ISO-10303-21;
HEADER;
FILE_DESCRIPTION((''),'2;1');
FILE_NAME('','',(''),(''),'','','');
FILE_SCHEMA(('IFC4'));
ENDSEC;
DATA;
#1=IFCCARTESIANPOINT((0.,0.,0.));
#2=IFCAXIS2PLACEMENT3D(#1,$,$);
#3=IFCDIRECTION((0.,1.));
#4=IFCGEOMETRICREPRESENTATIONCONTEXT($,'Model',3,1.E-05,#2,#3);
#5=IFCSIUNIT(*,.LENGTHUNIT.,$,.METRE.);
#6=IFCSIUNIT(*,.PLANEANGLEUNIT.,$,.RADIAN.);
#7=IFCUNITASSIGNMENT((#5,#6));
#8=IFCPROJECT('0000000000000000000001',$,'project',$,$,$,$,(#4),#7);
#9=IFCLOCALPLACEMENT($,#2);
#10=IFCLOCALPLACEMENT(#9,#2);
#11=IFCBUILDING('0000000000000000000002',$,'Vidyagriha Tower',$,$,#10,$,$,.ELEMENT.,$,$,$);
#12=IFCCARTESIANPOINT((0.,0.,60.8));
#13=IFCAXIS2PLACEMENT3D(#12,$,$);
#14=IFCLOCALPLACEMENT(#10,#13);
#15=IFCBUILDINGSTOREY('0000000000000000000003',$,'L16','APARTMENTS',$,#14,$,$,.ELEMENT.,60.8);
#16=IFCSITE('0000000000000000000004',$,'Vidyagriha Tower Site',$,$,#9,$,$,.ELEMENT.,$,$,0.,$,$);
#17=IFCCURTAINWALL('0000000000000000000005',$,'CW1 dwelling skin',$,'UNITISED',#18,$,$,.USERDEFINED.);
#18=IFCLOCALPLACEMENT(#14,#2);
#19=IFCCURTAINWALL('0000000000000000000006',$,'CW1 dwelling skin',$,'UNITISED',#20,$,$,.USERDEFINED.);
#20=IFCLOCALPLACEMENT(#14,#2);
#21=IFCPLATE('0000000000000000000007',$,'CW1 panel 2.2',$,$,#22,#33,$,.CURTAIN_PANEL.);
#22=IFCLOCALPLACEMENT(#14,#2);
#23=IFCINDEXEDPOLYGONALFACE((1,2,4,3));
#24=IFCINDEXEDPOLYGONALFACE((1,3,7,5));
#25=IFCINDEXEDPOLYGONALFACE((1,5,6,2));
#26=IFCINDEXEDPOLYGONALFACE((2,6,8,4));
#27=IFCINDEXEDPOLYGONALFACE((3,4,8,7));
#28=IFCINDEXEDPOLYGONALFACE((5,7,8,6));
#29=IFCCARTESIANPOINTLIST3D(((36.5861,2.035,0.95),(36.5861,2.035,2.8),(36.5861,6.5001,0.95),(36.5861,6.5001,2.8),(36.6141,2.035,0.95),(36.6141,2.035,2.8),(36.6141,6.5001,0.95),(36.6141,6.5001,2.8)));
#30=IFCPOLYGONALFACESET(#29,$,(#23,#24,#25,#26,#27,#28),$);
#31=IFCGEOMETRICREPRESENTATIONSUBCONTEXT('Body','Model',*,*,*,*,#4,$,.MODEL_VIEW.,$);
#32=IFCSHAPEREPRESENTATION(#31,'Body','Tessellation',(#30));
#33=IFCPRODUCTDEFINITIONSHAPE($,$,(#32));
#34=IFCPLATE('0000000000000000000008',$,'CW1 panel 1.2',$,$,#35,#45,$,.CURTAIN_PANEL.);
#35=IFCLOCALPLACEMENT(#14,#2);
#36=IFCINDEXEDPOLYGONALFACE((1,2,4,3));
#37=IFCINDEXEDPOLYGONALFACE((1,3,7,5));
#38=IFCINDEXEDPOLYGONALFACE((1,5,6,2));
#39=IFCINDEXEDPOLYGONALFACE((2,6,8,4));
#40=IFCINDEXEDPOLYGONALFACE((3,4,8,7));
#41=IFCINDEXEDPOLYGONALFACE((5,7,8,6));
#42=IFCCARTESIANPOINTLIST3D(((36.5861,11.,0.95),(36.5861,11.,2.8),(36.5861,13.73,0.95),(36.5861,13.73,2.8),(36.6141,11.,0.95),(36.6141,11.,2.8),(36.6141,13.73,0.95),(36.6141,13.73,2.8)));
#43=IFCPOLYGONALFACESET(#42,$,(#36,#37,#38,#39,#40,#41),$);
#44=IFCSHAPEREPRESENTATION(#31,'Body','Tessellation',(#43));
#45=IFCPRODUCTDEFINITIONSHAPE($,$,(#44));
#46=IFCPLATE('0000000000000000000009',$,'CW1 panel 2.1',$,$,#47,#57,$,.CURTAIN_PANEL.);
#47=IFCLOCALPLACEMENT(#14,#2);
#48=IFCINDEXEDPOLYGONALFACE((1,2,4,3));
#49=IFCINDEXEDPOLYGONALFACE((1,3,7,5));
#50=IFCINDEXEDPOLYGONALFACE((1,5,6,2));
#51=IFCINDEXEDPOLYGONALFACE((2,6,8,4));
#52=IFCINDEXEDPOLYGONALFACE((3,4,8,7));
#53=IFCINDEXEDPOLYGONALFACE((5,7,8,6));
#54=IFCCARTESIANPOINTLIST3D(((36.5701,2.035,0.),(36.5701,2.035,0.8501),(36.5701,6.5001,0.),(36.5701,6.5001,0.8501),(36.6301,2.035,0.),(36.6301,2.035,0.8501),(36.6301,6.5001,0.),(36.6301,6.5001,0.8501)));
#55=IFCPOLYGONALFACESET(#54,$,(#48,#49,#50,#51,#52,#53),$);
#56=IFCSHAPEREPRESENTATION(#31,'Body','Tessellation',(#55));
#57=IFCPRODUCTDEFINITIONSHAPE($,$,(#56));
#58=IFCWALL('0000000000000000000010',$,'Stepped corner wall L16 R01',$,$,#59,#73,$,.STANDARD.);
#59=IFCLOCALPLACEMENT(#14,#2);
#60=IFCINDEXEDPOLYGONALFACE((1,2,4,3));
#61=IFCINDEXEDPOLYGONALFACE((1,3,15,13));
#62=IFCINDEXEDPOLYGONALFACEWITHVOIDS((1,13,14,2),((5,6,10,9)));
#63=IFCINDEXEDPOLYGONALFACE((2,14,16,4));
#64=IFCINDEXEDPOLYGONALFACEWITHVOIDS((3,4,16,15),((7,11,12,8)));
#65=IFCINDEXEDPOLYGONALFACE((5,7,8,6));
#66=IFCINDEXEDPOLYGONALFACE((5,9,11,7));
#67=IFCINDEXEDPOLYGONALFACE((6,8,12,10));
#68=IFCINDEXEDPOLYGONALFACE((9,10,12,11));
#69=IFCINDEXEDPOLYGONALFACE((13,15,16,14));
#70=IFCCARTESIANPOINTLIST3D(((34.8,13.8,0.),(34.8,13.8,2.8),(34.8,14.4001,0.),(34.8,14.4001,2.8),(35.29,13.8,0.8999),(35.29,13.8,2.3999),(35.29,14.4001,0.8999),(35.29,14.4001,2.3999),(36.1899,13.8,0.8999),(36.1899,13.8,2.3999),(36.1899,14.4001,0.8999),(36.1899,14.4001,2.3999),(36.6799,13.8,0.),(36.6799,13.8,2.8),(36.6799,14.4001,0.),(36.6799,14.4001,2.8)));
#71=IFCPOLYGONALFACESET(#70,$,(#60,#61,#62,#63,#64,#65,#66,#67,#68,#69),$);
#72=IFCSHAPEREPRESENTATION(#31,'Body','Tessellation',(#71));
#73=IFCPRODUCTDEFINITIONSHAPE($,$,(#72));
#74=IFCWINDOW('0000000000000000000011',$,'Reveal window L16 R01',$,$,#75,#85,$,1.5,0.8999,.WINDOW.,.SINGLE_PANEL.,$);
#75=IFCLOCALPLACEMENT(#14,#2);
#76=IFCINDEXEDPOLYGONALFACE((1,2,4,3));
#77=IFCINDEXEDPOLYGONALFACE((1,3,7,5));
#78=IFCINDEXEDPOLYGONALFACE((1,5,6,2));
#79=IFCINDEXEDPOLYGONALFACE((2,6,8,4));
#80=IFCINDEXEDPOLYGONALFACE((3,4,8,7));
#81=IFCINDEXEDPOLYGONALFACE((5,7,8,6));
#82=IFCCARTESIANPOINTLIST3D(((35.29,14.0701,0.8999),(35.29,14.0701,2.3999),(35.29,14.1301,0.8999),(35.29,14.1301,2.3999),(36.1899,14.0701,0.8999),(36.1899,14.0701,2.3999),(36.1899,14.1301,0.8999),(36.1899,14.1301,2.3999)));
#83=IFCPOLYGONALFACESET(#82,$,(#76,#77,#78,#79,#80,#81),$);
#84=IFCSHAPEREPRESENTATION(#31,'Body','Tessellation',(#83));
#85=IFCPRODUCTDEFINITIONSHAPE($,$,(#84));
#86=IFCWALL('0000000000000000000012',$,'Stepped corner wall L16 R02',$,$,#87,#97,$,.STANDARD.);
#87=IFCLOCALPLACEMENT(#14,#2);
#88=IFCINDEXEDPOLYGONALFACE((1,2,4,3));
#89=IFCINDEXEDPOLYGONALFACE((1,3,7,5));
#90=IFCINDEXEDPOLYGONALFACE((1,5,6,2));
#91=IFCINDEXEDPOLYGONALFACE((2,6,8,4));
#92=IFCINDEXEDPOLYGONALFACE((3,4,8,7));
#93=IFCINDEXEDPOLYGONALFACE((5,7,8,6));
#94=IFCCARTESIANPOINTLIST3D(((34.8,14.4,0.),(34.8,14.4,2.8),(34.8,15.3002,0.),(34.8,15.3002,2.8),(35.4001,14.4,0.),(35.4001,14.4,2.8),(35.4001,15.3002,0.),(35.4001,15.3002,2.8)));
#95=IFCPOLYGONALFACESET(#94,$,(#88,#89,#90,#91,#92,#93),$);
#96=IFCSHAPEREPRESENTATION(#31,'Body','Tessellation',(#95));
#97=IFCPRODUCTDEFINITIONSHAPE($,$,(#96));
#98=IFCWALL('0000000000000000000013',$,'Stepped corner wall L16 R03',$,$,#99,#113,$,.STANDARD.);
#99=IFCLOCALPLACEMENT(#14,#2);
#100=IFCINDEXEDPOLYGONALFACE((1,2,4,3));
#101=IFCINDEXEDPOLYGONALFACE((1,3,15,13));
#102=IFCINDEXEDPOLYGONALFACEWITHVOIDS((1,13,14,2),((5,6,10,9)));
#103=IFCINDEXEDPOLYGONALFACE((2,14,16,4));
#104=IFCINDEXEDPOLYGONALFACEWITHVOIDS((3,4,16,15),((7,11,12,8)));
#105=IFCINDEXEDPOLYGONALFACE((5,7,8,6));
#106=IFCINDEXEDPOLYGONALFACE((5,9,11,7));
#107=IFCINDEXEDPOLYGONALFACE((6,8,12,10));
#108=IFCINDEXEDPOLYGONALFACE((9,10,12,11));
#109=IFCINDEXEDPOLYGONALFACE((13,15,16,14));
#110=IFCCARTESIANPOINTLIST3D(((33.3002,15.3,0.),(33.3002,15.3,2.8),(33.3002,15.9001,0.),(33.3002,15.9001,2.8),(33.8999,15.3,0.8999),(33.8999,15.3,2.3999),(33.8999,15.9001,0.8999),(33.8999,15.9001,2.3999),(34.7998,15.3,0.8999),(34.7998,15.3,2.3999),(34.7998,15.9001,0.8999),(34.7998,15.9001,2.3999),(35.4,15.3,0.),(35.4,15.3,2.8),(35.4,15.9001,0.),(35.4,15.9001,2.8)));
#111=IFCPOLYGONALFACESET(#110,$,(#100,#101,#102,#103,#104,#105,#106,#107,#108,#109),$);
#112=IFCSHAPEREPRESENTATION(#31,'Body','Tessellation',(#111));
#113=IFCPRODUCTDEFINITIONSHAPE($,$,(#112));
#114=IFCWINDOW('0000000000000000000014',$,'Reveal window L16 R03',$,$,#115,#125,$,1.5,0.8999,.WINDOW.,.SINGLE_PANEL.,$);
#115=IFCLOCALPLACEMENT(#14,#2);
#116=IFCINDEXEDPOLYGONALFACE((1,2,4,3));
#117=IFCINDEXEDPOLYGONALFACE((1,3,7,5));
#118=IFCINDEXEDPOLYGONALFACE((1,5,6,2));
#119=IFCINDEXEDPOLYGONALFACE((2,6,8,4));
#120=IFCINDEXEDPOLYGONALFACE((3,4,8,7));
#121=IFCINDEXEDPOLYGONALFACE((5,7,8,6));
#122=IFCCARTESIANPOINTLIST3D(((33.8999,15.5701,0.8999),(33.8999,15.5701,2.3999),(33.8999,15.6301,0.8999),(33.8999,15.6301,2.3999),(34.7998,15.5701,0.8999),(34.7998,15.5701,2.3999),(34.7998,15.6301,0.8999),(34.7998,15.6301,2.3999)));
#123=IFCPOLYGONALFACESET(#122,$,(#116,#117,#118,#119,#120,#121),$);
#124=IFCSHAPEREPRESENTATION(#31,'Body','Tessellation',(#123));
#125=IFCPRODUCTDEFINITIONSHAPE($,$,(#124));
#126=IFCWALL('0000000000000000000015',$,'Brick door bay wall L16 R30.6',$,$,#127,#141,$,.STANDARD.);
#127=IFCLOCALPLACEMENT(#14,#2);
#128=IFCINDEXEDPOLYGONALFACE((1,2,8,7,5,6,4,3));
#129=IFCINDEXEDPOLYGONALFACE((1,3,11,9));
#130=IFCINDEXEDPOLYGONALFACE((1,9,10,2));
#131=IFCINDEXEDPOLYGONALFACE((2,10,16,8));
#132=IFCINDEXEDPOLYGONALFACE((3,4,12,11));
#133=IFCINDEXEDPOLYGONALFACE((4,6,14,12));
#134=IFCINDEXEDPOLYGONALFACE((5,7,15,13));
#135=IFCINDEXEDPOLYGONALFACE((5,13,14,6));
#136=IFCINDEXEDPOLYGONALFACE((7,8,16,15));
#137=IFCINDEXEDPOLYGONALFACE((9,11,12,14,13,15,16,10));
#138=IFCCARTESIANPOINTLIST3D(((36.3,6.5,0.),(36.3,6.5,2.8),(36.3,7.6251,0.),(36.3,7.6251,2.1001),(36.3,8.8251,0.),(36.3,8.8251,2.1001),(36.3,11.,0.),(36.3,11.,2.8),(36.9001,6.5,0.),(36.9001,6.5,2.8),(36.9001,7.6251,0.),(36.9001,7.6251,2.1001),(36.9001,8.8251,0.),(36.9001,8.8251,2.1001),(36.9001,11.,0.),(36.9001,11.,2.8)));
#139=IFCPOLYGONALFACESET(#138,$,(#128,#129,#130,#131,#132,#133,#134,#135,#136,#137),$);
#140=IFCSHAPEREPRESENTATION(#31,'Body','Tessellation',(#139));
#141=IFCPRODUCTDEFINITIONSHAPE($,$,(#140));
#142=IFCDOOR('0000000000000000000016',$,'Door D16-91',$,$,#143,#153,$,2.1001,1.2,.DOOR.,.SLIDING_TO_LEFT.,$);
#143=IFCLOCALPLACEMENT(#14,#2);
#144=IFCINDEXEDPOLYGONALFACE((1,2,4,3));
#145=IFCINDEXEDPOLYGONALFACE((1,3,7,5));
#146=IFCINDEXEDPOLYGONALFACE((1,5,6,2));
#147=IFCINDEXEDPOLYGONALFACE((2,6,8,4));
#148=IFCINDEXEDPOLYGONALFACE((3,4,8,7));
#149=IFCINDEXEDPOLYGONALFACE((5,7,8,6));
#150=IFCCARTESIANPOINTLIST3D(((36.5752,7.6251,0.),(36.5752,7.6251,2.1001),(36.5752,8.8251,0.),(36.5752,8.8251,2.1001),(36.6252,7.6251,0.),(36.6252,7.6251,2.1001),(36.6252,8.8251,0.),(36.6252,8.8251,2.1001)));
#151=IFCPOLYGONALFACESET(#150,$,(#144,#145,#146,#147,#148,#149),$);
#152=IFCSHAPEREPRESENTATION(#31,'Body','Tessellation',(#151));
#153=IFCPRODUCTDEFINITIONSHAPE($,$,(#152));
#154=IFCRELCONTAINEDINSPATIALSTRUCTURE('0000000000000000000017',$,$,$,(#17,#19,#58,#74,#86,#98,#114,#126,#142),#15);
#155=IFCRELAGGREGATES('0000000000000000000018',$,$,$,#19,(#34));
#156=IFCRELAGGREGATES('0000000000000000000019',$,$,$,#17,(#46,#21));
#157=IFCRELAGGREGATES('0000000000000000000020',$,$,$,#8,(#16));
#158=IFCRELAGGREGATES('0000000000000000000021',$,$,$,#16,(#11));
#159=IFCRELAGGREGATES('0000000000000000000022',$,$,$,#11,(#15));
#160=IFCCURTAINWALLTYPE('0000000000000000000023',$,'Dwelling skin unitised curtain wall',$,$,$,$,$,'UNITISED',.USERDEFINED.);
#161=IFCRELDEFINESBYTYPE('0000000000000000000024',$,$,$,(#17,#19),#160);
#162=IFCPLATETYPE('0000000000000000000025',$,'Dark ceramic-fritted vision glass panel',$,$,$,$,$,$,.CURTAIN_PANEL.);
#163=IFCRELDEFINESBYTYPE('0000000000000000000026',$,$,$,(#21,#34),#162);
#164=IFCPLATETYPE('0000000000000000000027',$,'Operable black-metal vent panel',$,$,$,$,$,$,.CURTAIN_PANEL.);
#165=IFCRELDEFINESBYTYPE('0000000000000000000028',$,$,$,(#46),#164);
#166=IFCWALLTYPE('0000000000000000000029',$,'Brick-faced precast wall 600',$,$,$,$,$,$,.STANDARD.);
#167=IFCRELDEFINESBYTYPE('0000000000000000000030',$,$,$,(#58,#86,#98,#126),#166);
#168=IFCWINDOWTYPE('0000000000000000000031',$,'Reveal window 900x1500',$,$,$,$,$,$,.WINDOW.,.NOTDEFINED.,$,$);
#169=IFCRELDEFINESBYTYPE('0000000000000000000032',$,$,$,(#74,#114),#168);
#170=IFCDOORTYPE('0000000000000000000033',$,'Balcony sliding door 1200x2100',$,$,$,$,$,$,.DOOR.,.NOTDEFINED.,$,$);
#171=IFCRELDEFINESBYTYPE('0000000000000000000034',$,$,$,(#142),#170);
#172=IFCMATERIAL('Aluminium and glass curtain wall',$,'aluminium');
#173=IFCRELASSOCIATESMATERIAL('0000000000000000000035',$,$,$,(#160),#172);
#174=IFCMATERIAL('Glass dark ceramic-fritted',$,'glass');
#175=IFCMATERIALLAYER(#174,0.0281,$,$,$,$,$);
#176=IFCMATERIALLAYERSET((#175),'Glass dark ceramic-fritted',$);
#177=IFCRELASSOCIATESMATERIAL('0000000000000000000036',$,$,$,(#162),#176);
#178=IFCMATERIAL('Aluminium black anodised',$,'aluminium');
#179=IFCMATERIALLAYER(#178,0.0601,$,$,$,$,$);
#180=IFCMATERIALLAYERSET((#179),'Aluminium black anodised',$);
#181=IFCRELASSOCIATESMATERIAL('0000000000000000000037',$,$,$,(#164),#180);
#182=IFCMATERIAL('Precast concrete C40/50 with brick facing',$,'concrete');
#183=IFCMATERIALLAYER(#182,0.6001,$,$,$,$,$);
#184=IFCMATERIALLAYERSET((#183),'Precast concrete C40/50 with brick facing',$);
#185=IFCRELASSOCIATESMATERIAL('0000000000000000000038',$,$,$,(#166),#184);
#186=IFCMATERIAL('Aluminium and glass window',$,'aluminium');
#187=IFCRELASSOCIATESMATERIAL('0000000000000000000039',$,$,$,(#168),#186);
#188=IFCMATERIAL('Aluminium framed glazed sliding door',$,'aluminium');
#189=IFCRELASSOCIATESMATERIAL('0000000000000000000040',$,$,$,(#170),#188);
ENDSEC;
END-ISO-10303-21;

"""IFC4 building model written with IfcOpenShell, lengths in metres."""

from ifc_helpers import new_model, si_unit, direction, frame, frame_2d, origin, origin_2d, place, context, subcontext, project, spatial, rectangle, extrude, material, layer, layer_set, type_object, element, fill, aggregate, save


model = new_model("IFC4")

# Units and contexts
model_context = context("Model", 3, precision=1e-05, world=origin(), true_north=direction((0.0, 1.0)))
body_context = subcontext(model_context, "Body", "Model", "MODEL_VIEW")
ifc_project = project(units=[si_unit("LENGTHUNIT", "METRE"), si_unit("PLANEANGLEUNIT", "RADIAN")], contexts=[model_context])

# Site, building, storey
site_placement = place(None, origin())
site = spatial("IfcSite", under=ifc_project, at=site_placement, Name="Vidyagriha Tower Site", CompositionType="ELEMENT", RefElevation=0.0)
building_placement = place(site_placement, origin())
building = spatial("IfcBuilding", under=site, at=building_placement, Name="Vidyagriha Tower", CompositionType="ELEMENT")
storey_placement = place(building_placement, frame((0.0, 0.0, 60.8)))
storey = spatial("IfcBuildingStorey", under=building, at=storey_placement, Name="L16", Description="APARTMENTS", CompositionType="ELEMENT", Elevation=60.8)

# Curtain walls
ifc_material_1 = material(Name="Aluminium and glass curtain wall", Category="aluminium")
curtain_wall_type = type_object("IfcCurtainWallType", Name="Dwelling skin unitised curtain wall", ElementType="UNITISED", PredefinedType="USERDEFINED", material=ifc_material_1)
curtain_wall_1_placement = place(storey_placement, origin())
curtain_wall_1 = element("IfcCurtainWall", 1, at=curtain_wall_1_placement, inside=storey, type_object=curtain_wall_type, Name="CW1 dwelling skin", ObjectType="UNITISED", PredefinedType="USERDEFINED")
curtain_wall_2_placement = place(storey_placement, origin())
curtain_wall_2 = element("IfcCurtainWall", 2, at=curtain_wall_2_placement, inside=storey, type_object=curtain_wall_type, Name="CW1 dwelling skin", ObjectType="UNITISED", PredefinedType="USERDEFINED")

# Plates
ifc_material_2 = material(Name="Glass dark ceramic-fritted", Category="glass")
ifc_layer_1 = layer(ifc_material_2, 0.0281)
ifc_layer_set_1 = layer_set([ifc_layer_1], Name="Glass dark ceramic-fritted")
plate_type_1 = type_object("IfcPlateType", Name="Dark ceramic-fritted vision glass panel", PredefinedType="CURTAIN_PANEL", material=ifc_layer_set_1)
plate_1_placement = place(storey_placement, frame((36.6001, 4.2676, 0.95), z_axis=(0.0, 0.0, 1.0), x_axis=(0.0, 1.0, 0.0)))
plate_1 = element("IfcPlate", 3, at=plate_1_placement, type_object=plate_type_1, Name="CW1 panel 2.2", PredefinedType="CURTAIN_PANEL", context=body_context, shape_type="SweptSolid", body=[
    extrude(rectangle(XDim=4.4651, YDim=0.0281, at=origin_2d()), origin(), (0.0, 0.0, 1.0), 1.8501),
])
plate_2_placement = place(storey_placement, frame((36.6001, 12.365, 0.95), z_axis=(0.0, 0.0, 1.0), x_axis=(0.0, 1.0, 0.0)))
plate_2 = element("IfcPlate", 4, at=plate_2_placement, type_object=plate_type_1, Name="CW1 panel 1.2", PredefinedType="CURTAIN_PANEL", context=body_context, shape_type="SweptSolid", body=[
    extrude(rectangle(XDim=2.73, YDim=0.0281, at=origin_2d()), origin(), (0.0, 0.0, 1.0), 1.8501),
])
aggregate(curtain_wall_2, [plate_2])
ifc_material_3 = material(Name="Aluminium black anodised", Category="aluminium")
ifc_layer_2 = layer(ifc_material_3, 0.0601)
ifc_layer_set_2 = layer_set([ifc_layer_2], Name="Aluminium black anodised")
plate_type_2 = type_object("IfcPlateType", Name="Operable black-metal vent panel", PredefinedType="CURTAIN_PANEL", material=ifc_layer_set_2)
plate_3_placement = place(storey_placement, frame((36.6001, 4.2676, 0.0), z_axis=(0.0, 0.0, 1.0), x_axis=(0.0, 1.0, 0.0)))
plate_3 = element("IfcPlate", 5, at=plate_3_placement, type_object=plate_type_2, Name="CW1 panel 2.1", PredefinedType="CURTAIN_PANEL", context=body_context, shape_type="SweptSolid", body=[
    extrude(rectangle(XDim=4.4651, YDim=0.0601, at=origin_2d()), origin(), (0.0, 0.0, 1.0), 0.8501),
])
aggregate(curtain_wall_1, [plate_3, plate_1])

# Wall, opening, window
ifc_material_4 = material(Name="Precast concrete C40/50 with brick facing", Category="concrete")
ifc_layer_3 = layer(ifc_material_4, 0.6001)
ifc_layer_set_3 = layer_set([ifc_layer_3], Name="Precast concrete C40/50 with brick facing")
wall_type_1 = type_object("IfcWallType", Name="Brick-faced precast wall 600", PredefinedType="STANDARD", material=ifc_layer_set_3)
wall_1_placement = place(storey_placement, frame((36.6799, 14.1001, 0.0), z_axis=(0.0, 0.0, 1.0), x_axis=(-1.0, 0.0, 0.0)))
wall_1 = element("IfcWall", 6, at=wall_1_placement, inside=storey, type_object=wall_type_1, Name="Stepped corner wall L16 R01", PredefinedType="STANDARD", context=body_context, shape_type="SweptSolid", body=[
    extrude(rectangle(XDim=1.8799, YDim=0.6001, at=frame_2d((0.9399, 0.0))), origin(), (0.0, 0.0, 1.0), 2.8),
])
opening_1_placement = place(wall_1_placement, frame((0.49, 0.0, 0.8999)))
opening_1 = element("IfcOpeningElement", 7, at=opening_1_placement, cuts=wall_1, PredefinedType="OPENING", context=body_context, shape_type="SweptSolid", body=[
    extrude(rectangle(XDim=0.8999, YDim=1.5, at=frame_2d((0.45, 0.75))), frame((0.0, 0.3101, 0.0), z_axis=(0.0, -1.0, 0.0), x_axis=(1.0, 0.0, 0.0)), (0.0, 0.0, 1.0), 0.6201),
])
ifc_material_5 = material(Name="Aluminium and glass window", Category="aluminium")
window_type = type_object("IfcWindowType", Name="Reveal window 900x1500", PartitioningType="NOTDEFINED", PredefinedType="WINDOW", material=ifc_material_5)
window_1_placement = place(opening_1_placement, origin())
window_1 = element("IfcWindow", 8, at=window_1_placement, inside=storey, type_object=window_type, Name="Reveal window L16 R01", OverallHeight=1.5, OverallWidth=0.8999, PartitioningType="SINGLE_PANEL", PredefinedType="WINDOW", context=body_context, shape_type="SweptSolid", body=[
    extrude(rectangle(XDim=0.8999, YDim=1.5, at=frame_2d((0.45, 0.75))), frame((0.0, 0.03, 0.0), z_axis=(0.0, -1.0, 0.0), x_axis=(1.0, 0.0, 0.0)), (0.0, 0.0, 1.0), 0.0601),
])
fill(opening_1, window_1)

# Wall
wall_2_placement = place(storey_placement, frame((35.1001, 14.3999, 0.0), z_axis=(0.0, 0.0, 1.0), x_axis=(0.0, 1.0, 0.0)))
element("IfcWall", 9, at=wall_2_placement, inside=storey, type_object=wall_type_1, Name="Stepped corner wall L16 R02", PredefinedType="STANDARD", context=body_context, shape_type="SweptSolid", body=[
    extrude(rectangle(XDim=0.9001, YDim=0.6001, at=frame_2d((0.4502, 0.0))), origin(), (0.0, 0.0, 1.0), 2.8),
])

# Wall, opening, window
wall_3_placement = place(storey_placement, frame((35.3999, 15.6001, 0.0), z_axis=(0.0, 0.0, 1.0), x_axis=(-1.0, 0.0, 0.0)))
wall_3 = element("IfcWall", 10, at=wall_3_placement, inside=storey, type_object=wall_type_1, Name="Stepped corner wall L16 R03", PredefinedType="STANDARD", context=body_context, shape_type="SweptSolid", body=[
    extrude(rectangle(XDim=2.0999, YDim=0.6001, at=frame_2d((1.0498, 0.0))), origin(), (0.0, 0.0, 1.0), 2.8),
])
opening_2_placement = place(wall_3_placement, frame((0.6001, 0.0, 0.8999)))
opening_2 = element("IfcOpeningElement", 11, at=opening_2_placement, cuts=wall_3, PredefinedType="OPENING", context=body_context, shape_type="SweptSolid", body=[
    extrude(rectangle(XDim=0.8999, YDim=1.5, at=frame_2d((0.45, 0.75))), frame((0.0, 0.3101, 0.0), z_axis=(0.0, -1.0, 0.0), x_axis=(1.0, 0.0, 0.0)), (0.0, 0.0, 1.0), 0.6201),
])
window_2_placement = place(opening_2_placement, origin())
window_2 = element("IfcWindow", 12, at=window_2_placement, inside=storey, type_object=window_type, Name="Reveal window L16 R03", OverallHeight=1.5, OverallWidth=0.8999, PartitioningType="SINGLE_PANEL", PredefinedType="WINDOW", context=body_context, shape_type="SweptSolid", body=[
    extrude(rectangle(XDim=0.8999, YDim=1.5, at=frame_2d((0.45, 0.75))), frame((0.0, 0.03, 0.0), z_axis=(0.0, -1.0, 0.0), x_axis=(1.0, 0.0, 0.0)), (0.0, 0.0, 1.0), 0.0601),
])
fill(opening_2, window_2)

# Wall, opening, door
wall_4_placement = place(storey_placement, frame((36.6001, 6.5, 0.0), z_axis=(0.0, 0.0, 1.0), x_axis=(0.0, 1.0, 0.0)))
wall_4 = element("IfcWall", 13, at=wall_4_placement, inside=storey, type_object=wall_type_1, Name="Brick door bay wall L16 R30.6", PredefinedType="STANDARD", context=body_context, shape_type="SweptSolid", body=[
    extrude(rectangle(XDim=4.5, YDim=0.6001, at=frame_2d((2.25, 0.0))), origin(), (0.0, 0.0, 1.0), 2.8),
])
opening_3_placement = place(wall_4_placement, frame((1.125, 0.0, 0.0)))
opening_3 = element("IfcOpeningElement", 14, at=opening_3_placement, cuts=wall_4, PredefinedType="OPENING", context=body_context, shape_type="SweptSolid", body=[
    extrude(rectangle(XDim=1.2, YDim=2.1001, at=frame_2d((0.6001, 1.05))), frame((0.0, 0.3101, 0.0), z_axis=(0.0, -1.0, 0.0), x_axis=(1.0, 0.0, 0.0)), (0.0, 0.0, 1.0), 0.6201),
])
ifc_material_6 = material(Name="Aluminium framed glazed sliding door", Category="aluminium")
door_type_1 = type_object("IfcDoorType", Name="Balcony sliding door 1200x2100", OperationType="NOTDEFINED", PredefinedType="DOOR", material=ifc_material_6)
door_1_placement = place(opening_3_placement, origin())
door_1 = element("IfcDoor", 15, at=door_1_placement, inside=storey, type_object=door_type_1, Name="Door D16-91", OperationType="SLIDING_TO_LEFT", OverallHeight=2.1001, OverallWidth=1.2, PredefinedType="DOOR", context=body_context, shape_type="SweptSolid", body=[
    extrude(rectangle(XDim=1.2, YDim=2.1001, at=frame_2d((0.6001, 1.05))), frame((0.0, 0.0249, 0.0), z_axis=(0.0, -1.0, 0.0), x_axis=(1.0, 0.0, 0.0)), (0.0, 0.0, 1.0), 0.05),
])
fill(opening_3, door_1)

save(model, "model.ifc")
